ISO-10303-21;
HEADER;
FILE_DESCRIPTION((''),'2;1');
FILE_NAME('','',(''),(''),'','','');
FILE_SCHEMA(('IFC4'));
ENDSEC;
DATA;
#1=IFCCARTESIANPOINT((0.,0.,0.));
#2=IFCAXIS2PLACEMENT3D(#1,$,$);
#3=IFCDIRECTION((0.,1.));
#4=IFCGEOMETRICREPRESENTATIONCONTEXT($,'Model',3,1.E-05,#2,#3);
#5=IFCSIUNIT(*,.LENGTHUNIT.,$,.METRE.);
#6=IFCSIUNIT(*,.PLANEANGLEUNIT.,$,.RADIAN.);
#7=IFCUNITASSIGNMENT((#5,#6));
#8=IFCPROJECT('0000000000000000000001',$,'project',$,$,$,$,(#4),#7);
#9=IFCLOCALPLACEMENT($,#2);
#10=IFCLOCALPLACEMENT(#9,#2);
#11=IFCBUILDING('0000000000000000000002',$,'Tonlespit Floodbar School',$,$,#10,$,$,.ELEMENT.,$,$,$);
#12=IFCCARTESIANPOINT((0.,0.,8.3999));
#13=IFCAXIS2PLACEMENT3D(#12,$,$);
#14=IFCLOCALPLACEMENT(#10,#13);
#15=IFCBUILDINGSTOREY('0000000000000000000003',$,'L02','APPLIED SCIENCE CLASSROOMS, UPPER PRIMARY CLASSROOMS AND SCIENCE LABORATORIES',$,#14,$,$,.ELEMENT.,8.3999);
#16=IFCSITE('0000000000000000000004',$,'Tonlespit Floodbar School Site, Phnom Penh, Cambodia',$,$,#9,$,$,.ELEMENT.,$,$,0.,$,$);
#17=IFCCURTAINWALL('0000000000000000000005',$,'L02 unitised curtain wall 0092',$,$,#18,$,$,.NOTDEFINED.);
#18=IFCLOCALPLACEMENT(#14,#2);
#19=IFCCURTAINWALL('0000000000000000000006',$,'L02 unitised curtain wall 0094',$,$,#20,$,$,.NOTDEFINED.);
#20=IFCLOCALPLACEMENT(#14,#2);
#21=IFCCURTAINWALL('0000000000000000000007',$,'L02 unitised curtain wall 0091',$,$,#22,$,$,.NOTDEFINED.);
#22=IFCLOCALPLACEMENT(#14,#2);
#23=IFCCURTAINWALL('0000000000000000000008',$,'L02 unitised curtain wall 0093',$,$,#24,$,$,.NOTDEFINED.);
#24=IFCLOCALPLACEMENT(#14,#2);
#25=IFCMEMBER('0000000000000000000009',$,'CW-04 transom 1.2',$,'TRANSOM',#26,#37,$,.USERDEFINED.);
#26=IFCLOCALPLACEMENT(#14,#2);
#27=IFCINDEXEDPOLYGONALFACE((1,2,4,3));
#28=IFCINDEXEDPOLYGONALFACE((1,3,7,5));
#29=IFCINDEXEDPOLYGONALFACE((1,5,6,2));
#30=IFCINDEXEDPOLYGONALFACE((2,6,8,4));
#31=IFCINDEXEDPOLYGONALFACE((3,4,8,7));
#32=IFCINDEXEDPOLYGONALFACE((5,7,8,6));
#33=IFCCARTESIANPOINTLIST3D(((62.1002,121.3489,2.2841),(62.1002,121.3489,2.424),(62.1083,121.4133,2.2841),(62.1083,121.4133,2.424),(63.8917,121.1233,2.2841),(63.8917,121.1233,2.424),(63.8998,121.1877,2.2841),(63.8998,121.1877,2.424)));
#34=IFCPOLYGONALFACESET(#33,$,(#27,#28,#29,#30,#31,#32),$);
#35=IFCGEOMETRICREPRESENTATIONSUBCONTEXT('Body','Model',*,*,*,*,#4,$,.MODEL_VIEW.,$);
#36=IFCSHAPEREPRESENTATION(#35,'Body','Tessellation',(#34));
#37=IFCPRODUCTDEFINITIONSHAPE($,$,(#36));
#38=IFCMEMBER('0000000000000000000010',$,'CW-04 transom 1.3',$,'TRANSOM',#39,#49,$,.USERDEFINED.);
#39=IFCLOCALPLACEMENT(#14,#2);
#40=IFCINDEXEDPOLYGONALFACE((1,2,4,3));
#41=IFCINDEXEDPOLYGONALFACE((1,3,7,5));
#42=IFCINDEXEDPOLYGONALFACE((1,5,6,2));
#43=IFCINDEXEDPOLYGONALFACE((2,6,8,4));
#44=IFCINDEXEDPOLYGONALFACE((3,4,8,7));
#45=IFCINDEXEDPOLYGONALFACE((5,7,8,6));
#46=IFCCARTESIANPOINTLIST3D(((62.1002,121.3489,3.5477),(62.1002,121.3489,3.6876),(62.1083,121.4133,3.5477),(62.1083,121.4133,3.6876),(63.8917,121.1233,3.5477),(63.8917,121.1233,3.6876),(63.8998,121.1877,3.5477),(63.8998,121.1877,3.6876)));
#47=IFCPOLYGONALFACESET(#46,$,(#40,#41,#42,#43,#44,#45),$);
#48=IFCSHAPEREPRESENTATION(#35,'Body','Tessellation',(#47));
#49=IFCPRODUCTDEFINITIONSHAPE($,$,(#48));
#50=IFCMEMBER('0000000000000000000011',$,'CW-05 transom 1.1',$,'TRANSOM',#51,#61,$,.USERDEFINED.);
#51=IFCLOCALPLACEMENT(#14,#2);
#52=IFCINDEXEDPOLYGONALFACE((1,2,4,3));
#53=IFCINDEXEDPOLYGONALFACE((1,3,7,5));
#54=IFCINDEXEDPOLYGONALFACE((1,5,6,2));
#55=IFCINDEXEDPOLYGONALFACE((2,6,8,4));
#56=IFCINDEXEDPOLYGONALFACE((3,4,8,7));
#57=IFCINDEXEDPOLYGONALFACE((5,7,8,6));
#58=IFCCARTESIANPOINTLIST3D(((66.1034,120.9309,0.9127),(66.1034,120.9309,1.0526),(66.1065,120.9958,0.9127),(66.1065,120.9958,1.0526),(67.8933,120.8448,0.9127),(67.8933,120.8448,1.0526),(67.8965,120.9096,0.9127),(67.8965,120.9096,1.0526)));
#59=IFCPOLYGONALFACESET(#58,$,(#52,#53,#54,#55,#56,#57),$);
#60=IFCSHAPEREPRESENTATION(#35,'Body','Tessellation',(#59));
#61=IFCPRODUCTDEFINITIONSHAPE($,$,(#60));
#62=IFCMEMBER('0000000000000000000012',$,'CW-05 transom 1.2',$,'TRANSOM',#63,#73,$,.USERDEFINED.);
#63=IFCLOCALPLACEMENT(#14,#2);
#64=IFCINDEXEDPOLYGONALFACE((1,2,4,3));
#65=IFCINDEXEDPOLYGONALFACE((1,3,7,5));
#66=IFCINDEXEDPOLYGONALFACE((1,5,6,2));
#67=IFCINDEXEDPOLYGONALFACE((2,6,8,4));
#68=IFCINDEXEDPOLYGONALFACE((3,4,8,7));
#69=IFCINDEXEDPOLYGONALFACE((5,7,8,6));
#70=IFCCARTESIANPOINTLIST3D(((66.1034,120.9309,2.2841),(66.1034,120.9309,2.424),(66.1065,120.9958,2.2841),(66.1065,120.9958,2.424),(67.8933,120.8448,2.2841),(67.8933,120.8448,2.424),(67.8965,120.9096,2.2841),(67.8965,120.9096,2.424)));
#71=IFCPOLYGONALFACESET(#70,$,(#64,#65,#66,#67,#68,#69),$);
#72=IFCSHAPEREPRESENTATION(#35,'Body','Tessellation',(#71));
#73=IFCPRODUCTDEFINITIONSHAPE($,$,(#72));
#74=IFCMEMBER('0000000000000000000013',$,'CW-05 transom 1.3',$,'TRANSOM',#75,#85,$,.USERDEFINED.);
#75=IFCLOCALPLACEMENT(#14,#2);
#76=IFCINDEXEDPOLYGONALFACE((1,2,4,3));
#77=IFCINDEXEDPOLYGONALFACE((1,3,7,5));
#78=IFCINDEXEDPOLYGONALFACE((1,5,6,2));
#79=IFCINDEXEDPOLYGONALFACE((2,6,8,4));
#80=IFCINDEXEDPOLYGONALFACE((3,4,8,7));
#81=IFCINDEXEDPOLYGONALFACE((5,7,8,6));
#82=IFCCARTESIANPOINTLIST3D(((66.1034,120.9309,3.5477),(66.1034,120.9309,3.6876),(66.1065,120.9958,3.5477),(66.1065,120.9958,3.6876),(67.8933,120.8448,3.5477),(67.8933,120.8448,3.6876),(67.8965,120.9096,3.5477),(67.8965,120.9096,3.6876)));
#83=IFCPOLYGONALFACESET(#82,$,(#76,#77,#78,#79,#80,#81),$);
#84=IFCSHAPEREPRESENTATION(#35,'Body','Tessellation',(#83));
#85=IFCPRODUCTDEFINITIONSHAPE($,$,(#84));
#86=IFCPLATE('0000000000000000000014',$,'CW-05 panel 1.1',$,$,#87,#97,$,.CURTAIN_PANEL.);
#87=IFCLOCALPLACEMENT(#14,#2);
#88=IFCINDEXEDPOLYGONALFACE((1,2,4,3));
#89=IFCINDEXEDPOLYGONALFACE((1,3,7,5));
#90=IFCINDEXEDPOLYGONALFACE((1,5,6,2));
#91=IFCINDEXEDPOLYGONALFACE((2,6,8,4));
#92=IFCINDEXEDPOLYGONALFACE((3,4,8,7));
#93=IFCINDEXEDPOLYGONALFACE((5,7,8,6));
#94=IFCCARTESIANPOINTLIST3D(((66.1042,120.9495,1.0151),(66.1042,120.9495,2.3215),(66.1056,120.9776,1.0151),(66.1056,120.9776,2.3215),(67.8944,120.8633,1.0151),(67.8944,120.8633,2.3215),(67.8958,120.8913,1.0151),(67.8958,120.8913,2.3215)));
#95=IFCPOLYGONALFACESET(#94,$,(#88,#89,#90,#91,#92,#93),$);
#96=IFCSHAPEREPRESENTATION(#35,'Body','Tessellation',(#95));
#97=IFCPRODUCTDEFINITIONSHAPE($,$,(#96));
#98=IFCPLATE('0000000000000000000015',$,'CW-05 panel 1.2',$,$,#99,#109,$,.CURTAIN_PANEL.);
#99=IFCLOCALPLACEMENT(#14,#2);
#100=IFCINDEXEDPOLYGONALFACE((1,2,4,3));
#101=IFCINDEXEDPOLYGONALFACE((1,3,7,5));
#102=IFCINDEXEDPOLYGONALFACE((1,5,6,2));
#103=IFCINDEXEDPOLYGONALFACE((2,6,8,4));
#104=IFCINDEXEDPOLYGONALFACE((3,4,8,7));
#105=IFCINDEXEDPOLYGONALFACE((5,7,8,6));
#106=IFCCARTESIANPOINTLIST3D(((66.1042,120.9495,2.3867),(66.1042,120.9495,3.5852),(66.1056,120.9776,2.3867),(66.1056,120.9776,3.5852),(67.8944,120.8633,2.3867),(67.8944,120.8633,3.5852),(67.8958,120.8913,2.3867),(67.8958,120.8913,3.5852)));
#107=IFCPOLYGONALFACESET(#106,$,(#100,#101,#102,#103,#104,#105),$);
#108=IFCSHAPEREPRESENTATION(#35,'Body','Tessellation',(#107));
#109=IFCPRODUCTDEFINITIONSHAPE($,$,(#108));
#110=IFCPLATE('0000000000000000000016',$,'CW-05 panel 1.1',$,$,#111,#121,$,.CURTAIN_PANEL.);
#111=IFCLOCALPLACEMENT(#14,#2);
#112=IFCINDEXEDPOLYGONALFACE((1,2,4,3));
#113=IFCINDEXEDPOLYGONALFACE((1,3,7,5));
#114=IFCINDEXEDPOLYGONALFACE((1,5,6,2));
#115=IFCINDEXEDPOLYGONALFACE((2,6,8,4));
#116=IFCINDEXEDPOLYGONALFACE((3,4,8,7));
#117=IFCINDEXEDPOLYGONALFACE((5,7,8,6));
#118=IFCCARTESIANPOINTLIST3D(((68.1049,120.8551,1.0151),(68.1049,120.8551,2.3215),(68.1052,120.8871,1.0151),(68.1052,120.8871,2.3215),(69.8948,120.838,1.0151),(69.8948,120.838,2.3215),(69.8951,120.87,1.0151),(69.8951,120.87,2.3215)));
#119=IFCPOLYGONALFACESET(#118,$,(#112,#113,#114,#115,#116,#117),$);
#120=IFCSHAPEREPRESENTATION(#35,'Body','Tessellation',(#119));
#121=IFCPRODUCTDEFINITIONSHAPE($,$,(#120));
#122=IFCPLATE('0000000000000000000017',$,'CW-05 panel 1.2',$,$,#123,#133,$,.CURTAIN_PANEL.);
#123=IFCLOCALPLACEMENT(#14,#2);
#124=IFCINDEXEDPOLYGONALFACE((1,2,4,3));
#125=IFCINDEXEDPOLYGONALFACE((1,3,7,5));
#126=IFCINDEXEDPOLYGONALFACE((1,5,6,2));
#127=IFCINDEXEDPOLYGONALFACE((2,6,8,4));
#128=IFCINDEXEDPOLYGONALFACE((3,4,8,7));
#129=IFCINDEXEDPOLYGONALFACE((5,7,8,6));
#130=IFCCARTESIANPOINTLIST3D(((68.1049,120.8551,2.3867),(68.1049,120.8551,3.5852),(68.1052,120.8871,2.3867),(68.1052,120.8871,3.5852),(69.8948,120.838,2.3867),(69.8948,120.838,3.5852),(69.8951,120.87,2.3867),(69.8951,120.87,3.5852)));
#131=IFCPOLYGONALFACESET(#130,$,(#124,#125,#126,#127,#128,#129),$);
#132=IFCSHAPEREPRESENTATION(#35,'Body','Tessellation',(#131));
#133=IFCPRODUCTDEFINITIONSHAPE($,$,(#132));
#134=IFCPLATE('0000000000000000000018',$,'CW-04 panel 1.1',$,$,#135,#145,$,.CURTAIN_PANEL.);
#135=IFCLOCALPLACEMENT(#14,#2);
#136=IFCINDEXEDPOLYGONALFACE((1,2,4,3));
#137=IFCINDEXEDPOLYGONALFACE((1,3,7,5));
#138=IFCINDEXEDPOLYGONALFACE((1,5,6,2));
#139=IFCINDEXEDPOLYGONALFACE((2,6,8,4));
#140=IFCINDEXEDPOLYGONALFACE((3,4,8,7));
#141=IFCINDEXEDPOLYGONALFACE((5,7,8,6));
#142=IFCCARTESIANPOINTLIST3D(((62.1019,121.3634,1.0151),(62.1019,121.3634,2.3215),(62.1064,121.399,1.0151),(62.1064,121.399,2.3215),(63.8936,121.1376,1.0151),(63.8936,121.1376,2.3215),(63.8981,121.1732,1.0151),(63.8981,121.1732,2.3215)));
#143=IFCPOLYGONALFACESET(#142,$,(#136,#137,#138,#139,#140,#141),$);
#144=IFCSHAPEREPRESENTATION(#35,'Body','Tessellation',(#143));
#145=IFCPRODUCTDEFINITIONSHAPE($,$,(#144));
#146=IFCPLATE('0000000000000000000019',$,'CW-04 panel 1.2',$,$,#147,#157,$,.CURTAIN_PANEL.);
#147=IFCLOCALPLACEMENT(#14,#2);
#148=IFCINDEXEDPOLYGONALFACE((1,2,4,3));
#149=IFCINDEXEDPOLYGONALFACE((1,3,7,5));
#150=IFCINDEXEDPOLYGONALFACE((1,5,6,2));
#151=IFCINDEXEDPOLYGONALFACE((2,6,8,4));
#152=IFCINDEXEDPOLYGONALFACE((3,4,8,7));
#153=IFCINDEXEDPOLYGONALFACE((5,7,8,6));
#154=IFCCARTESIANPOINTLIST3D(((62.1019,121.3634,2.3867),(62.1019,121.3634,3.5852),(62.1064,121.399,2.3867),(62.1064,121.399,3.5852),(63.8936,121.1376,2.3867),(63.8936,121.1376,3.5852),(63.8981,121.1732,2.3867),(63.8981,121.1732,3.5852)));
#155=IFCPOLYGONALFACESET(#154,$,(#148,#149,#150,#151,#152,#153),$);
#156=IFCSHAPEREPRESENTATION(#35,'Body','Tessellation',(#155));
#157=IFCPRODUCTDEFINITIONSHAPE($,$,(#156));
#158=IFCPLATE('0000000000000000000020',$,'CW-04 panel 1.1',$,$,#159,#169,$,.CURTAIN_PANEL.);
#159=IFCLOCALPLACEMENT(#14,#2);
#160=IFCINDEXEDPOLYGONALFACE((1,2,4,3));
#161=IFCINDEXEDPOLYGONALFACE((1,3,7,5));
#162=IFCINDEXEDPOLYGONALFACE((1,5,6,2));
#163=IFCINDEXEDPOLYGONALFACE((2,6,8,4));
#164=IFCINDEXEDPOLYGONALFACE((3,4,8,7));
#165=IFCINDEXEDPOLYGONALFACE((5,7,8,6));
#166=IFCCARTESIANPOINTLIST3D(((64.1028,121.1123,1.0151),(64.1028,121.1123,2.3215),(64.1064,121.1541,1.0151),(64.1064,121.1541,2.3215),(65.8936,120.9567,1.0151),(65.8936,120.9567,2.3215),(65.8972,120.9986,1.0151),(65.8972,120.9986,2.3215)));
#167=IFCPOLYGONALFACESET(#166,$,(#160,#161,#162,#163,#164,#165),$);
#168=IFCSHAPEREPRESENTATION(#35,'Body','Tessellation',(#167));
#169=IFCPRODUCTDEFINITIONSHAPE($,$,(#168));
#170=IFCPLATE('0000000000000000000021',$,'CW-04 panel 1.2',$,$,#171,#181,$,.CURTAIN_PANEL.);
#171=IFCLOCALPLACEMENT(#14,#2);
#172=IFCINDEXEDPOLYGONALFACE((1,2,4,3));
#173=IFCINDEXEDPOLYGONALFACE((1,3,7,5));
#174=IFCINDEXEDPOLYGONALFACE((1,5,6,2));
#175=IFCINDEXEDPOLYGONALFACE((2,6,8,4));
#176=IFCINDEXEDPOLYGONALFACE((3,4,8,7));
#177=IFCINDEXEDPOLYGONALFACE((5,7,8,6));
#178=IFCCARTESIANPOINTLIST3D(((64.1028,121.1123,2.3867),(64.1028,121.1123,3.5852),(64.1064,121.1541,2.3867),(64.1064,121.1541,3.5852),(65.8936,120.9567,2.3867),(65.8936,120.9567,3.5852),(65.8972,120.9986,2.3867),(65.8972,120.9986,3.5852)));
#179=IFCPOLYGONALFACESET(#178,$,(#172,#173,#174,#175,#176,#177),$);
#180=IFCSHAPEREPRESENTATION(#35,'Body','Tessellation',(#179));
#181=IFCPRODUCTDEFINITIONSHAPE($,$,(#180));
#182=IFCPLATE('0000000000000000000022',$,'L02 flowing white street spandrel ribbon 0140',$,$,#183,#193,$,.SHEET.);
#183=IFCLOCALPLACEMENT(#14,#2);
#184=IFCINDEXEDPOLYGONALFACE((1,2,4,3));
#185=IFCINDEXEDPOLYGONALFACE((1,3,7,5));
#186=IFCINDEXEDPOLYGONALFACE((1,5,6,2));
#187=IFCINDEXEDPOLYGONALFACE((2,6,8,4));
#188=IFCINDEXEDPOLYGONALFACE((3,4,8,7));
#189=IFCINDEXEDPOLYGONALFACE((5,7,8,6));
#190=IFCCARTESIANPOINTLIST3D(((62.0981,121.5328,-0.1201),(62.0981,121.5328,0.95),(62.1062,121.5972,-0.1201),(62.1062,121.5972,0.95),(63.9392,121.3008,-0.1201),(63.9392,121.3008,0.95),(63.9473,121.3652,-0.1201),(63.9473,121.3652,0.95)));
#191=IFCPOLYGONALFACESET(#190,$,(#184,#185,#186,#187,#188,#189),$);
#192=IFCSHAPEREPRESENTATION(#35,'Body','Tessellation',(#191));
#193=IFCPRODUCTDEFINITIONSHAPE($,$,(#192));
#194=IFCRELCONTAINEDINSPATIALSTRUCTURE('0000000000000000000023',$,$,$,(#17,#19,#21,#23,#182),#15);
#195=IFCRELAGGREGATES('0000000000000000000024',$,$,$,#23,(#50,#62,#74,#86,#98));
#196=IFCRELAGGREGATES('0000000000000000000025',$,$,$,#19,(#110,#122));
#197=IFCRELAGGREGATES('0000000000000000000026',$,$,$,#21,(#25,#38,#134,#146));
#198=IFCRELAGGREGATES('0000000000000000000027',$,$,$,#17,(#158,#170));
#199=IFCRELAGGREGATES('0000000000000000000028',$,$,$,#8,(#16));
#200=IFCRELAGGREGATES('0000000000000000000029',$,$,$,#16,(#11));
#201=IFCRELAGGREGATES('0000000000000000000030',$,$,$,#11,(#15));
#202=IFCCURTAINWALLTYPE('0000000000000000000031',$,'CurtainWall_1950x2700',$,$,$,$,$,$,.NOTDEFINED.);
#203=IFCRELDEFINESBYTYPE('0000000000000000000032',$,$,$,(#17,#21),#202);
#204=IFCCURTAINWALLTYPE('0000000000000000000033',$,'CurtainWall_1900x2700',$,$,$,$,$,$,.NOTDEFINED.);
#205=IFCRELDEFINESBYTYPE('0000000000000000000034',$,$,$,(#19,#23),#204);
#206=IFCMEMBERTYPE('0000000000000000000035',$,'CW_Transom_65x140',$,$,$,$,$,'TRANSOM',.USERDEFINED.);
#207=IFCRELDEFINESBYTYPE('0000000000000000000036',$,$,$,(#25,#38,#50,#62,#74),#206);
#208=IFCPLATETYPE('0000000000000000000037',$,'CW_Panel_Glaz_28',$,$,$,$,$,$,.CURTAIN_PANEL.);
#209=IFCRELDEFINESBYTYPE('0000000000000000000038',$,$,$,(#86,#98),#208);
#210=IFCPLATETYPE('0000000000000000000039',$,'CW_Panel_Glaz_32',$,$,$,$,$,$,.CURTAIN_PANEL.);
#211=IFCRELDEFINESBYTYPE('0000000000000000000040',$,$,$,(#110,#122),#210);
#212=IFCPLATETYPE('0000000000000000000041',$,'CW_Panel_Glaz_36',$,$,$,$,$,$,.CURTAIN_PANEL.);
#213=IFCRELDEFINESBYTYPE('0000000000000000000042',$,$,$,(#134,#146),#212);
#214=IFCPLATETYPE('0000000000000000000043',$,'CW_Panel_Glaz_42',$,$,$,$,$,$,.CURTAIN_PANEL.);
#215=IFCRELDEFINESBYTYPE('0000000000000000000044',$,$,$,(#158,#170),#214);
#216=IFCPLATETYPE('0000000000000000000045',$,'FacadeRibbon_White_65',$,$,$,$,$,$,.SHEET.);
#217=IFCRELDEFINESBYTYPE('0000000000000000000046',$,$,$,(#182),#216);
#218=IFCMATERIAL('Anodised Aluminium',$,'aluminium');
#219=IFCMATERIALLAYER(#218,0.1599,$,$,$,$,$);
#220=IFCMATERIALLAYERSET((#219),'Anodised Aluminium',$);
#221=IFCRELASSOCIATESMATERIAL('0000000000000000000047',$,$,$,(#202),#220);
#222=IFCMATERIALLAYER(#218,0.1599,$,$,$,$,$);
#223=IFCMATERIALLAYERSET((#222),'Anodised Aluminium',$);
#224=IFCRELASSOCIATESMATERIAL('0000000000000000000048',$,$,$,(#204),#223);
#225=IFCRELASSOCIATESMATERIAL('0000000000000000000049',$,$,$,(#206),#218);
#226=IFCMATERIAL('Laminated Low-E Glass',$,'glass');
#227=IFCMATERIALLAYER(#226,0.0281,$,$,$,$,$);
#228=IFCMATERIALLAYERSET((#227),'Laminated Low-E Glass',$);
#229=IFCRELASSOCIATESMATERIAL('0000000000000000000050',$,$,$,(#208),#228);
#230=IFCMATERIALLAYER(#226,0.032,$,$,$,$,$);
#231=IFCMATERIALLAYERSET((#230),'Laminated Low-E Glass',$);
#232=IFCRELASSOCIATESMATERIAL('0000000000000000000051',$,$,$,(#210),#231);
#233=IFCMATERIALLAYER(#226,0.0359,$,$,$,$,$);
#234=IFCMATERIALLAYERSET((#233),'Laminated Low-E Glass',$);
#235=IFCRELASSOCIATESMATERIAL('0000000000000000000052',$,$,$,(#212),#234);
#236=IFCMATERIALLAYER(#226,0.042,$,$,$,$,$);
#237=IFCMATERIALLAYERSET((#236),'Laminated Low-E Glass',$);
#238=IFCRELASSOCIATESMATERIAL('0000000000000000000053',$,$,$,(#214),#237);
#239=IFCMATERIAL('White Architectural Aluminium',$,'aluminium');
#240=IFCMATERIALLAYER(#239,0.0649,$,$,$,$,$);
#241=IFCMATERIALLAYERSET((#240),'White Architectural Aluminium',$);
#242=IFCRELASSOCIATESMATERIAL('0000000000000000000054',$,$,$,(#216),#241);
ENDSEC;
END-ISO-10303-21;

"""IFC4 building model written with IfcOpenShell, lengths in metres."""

from ifc_helpers import new_model, si_unit, direction, frame, origin, origin_2d, place, context, subcontext, project, spatial, rectangle, extrude, material, layer, layer_set, material_profile, profile_set, type_object, element, aggregate, save


model = new_model("IFC4")

# Units and contexts
model_context = context("Model", 3, precision=1e-05, world=origin(), true_north=direction((0.0, 1.0)))
body_context = subcontext(model_context, "Body", "Model", "MODEL_VIEW")
ifc_project = project(units=[si_unit("LENGTHUNIT", "METRE"), si_unit("PLANEANGLEUNIT", "RADIAN")], contexts=[model_context])

# Site, building, storey
site_placement = place(None, origin())
site = spatial("IfcSite", under=ifc_project, at=site_placement, Name="Tonlespit Floodbar School Site, Phnom Penh, Cambodia", CompositionType="ELEMENT", RefElevation=0.0)
building_placement = place(site_placement, origin())
building = spatial("IfcBuilding", under=site, at=building_placement, Name="Tonlespit Floodbar School", CompositionType="ELEMENT")
storey_placement = place(building_placement, frame((0.0, 0.0, 8.3999)))
storey = spatial("IfcBuildingStorey", under=building, at=storey_placement, Name="L02", Description="APPLIED SCIENCE CLASSROOMS, UPPER PRIMARY CLASSROOMS AND SCIENCE LABORATORIES", CompositionType="ELEMENT", Elevation=8.3999)

# Curtain wall
ifc_material_1 = material(Name="Anodised Aluminium", Category="aluminium")
ifc_layer_1 = layer(ifc_material_1, 0.1599)
ifc_layer_set_1 = layer_set([ifc_layer_1], Name="Anodised Aluminium")
curtain_wall_type_1 = type_object("IfcCurtainWallType", Name="CurtainWall_1950x2700", PredefinedType="NOTDEFINED", material=ifc_layer_set_1)
curtain_wall_1_placement = place(storey_placement, origin())
curtain_wall_1 = element("IfcCurtainWall", 1, at=curtain_wall_1_placement, inside=storey, type_object=curtain_wall_type_1, Name="L02 unitised curtain wall 0092", PredefinedType="NOTDEFINED")

# Curtain wall
ifc_layer_2 = layer(ifc_material_1, 0.1599)
ifc_layer_set_2 = layer_set([ifc_layer_2], Name="Anodised Aluminium")
curtain_wall_type_2 = type_object("IfcCurtainWallType", Name="CurtainWall_1900x2700", PredefinedType="NOTDEFINED", material=ifc_layer_set_2)
curtain_wall_2_placement = place(storey_placement, origin())
curtain_wall_2 = element("IfcCurtainWall", 2, at=curtain_wall_2_placement, inside=storey, type_object=curtain_wall_type_2, Name="L02 unitised curtain wall 0094", PredefinedType="NOTDEFINED")

# Curtain walls
curtain_wall_3_placement = place(storey_placement, origin())
curtain_wall_3 = element("IfcCurtainWall", 3, at=curtain_wall_3_placement, inside=storey, type_object=curtain_wall_type_1, Name="L02 unitised curtain wall 0091", PredefinedType="NOTDEFINED")
curtain_wall_4_placement = place(storey_placement, origin())
curtain_wall_4 = element("IfcCurtainWall", 4, at=curtain_wall_4_placement, inside=storey, type_object=curtain_wall_type_2, Name="L02 unitised curtain wall 0093", PredefinedType="NOTDEFINED")

# Members
ifc_material_profile_1 = material_profile(ifc_material_1, rectangle(XDim=0.0649, YDim=0.1399, at=origin_2d()), Name="ALU T65x140")
ifc_profile_set_1 = profile_set([ifc_material_profile_1], Name="Anodised Aluminium")
member_type_1 = type_object("IfcMemberType", Name="CW_Transom_65x140", ElementType="TRANSOM", PredefinedType="USERDEFINED", material=ifc_profile_set_1)
member_1_placement = place(storey_placement, frame((62.1042, 121.3811, 2.354), z_axis=(0.992165, -0.124933, 0.0), x_axis=(0.124933, 0.992165, 0.0)))
member_1 = element("IfcMember", 5, at=member_1_placement, type_object=member_type_1, Name="CW-04 transom 1.2", ObjectType="TRANSOM", PredefinedType="USERDEFINED", context=body_context, shape_type="SweptSolid", body=[
    extrude(rectangle(XDim=0.0649, YDim=0.1399, at=origin_2d()), origin(), (0.0, 0.0, 1.0), 1.8057),
])
member_2_placement = place(storey_placement, frame((62.1042, 121.3811, 3.6177), z_axis=(0.992165, -0.124933, 0.0), x_axis=(0.124933, 0.992165, 0.0)))
member_2 = element("IfcMember", 6, at=member_2_placement, type_object=member_type_1, Name="CW-04 transom 1.3", ObjectType="TRANSOM", PredefinedType="USERDEFINED", context=body_context, shape_type="SweptSolid", body=[
    extrude(rectangle(XDim=0.0649, YDim=0.1399, at=origin_2d()), origin(), (0.0, 0.0, 1.0), 1.8057),
])
member_3_placement = place(storey_placement, frame((66.105, 120.9634, 0.9827), z_axis=(0.998843, -0.048089, 0.0), x_axis=(0.048089, 0.998843, 0.0)))
member_3 = element("IfcMember", 7, at=member_3_placement, type_object=member_type_1, Name="CW-05 transom 1.1", ObjectType="TRANSOM", PredefinedType="USERDEFINED", context=body_context, shape_type="SweptSolid", body=[
    extrude(rectangle(XDim=0.0649, YDim=0.1399, at=origin_2d()), origin(), (0.0, 0.0, 1.0), 1.792),
])
member_4_placement = place(storey_placement, frame((66.105, 120.9634, 2.354), z_axis=(0.998843, -0.048089, 0.0), x_axis=(0.048089, 0.998843, 0.0)))
member_4 = element("IfcMember", 8, at=member_4_placement, type_object=member_type_1, Name="CW-05 transom 1.2", ObjectType="TRANSOM", PredefinedType="USERDEFINED", context=body_context, shape_type="SweptSolid", body=[
    extrude(rectangle(XDim=0.0649, YDim=0.1399, at=origin_2d()), origin(), (0.0, 0.0, 1.0), 1.792),
])
member_5_placement = place(storey_placement, frame((66.105, 120.9634, 3.6177), z_axis=(0.998843, -0.048089, 0.0), x_axis=(0.048089, 0.998843, 0.0)))
member_5 = element("IfcMember", 9, at=member_5_placement, type_object=member_type_1, Name="CW-05 transom 1.3", ObjectType="TRANSOM", PredefinedType="USERDEFINED", context=body_context, shape_type="SweptSolid", body=[
    extrude(rectangle(XDim=0.0649, YDim=0.1399, at=origin_2d()), origin(), (0.0, 0.0, 1.0), 1.792),
])

# Plates
ifc_material_2 = material(Name="Laminated Low-E Glass", Category="glass")
ifc_layer_3 = layer(ifc_material_2, 0.0281)
ifc_layer_set_3 = layer_set([ifc_layer_3], Name="Laminated Low-E Glass")
plate_type_1 = type_object("IfcPlateType", Name="CW_Panel_Glaz_28", PredefinedType="CURTAIN_PANEL", material=ifc_layer_set_3)
plate_1_placement = place(storey_placement, frame((67.0, 120.9204, 1.0151), z_axis=(0.0, 0.0, 1.0), x_axis=(0.998842, -0.048121, 0.0)))
plate_1 = element("IfcPlate", 10, at=plate_1_placement, type_object=plate_type_1, Name="CW-05 panel 1.1", PredefinedType="CURTAIN_PANEL", context=body_context, shape_type="SweptSolid", body=[
    extrude(rectangle(XDim=1.7922, YDim=0.0281, at=origin_2d()), origin(), (0.0, 0.0, 1.0), 1.3064),
])
plate_2_placement = place(storey_placement, frame((67.0, 120.9204, 2.3867), z_axis=(0.0, 0.0, 1.0), x_axis=(0.998842, -0.048121, 0.0)))
plate_2 = element("IfcPlate", 11, at=plate_2_placement, type_object=plate_type_1, Name="CW-05 panel 1.2", PredefinedType="CURTAIN_PANEL", context=body_context, shape_type="SweptSolid", body=[
    extrude(rectangle(XDim=1.7922, YDim=0.0281, at=origin_2d()), origin(), (0.0, 0.0, 1.0), 1.1985),
])
aggregate(curtain_wall_4, [member_3, member_4, member_5, plate_1, plate_2])
ifc_layer_4 = layer(ifc_material_2, 0.032)
ifc_layer_set_4 = layer_set([ifc_layer_4], Name="Laminated Low-E Glass")
plate_type_2 = type_object("IfcPlateType", Name="CW_Panel_Glaz_32", PredefinedType="CURTAIN_PANEL", material=ifc_layer_set_4)
plate_3_placement = place(storey_placement, frame((69.0, 120.8625, 1.0151), z_axis=(0.0, 0.0, 1.0), x_axis=(0.999954, -0.009583, 0.0)))
plate_3 = element("IfcPlate", 12, at=plate_3_placement, type_object=plate_type_2, Name="CW-05 panel 1.1", PredefinedType="CURTAIN_PANEL", context=body_context, shape_type="SweptSolid", body=[
    extrude(rectangle(XDim=1.79, YDim=0.032, at=origin_2d()), origin(), (0.0, 0.0, 1.0), 1.3064),
])
plate_4_placement = place(storey_placement, frame((69.0, 120.8625, 2.3867), z_axis=(0.0, 0.0, 1.0), x_axis=(0.999954, -0.009583, 0.0)))
plate_4 = element("IfcPlate", 13, at=plate_4_placement, type_object=plate_type_2, Name="CW-05 panel 1.2", PredefinedType="CURTAIN_PANEL", context=body_context, shape_type="SweptSolid", body=[
    extrude(rectangle(XDim=1.79, YDim=0.032, at=origin_2d()), origin(), (0.0, 0.0, 1.0), 1.1985),
])
aggregate(curtain_wall_2, [plate_3, plate_4])
ifc_layer_5 = layer(ifc_material_2, 0.0359)
ifc_layer_set_5 = layer_set([ifc_layer_5], Name="Laminated Low-E Glass")
plate_type_3 = type_object("IfcPlateType", Name="CW_Panel_Glaz_36", PredefinedType="CURTAIN_PANEL", material=ifc_layer_set_5)
plate_5_placement = place(storey_placement, frame((63.0, 121.2683, 1.0151), z_axis=(0.0, 0.0, 1.0), x_axis=(0.992155, -0.125014, 0.0)))
plate_5 = element("IfcPlate", 14, at=plate_5_placement, type_object=plate_type_3, Name="CW-04 panel 1.1", PredefinedType="CURTAIN_PANEL", context=body_context, shape_type="SweptSolid", body=[
    extrude(rectangle(XDim=1.8059, YDim=0.0359, at=origin_2d()), origin(), (0.0, 0.0, 1.0), 1.3064),
])
plate_6_placement = place(storey_placement, frame((63.0, 121.2683, 2.3867), z_axis=(0.0, 0.0, 1.0), x_axis=(0.992155, -0.125014, 0.0)))
plate_6 = element("IfcPlate", 15, at=plate_6_placement, type_object=plate_type_3, Name="CW-04 panel 1.2", PredefinedType="CURTAIN_PANEL", context=body_context, shape_type="SweptSolid", body=[
    extrude(rectangle(XDim=1.8059, YDim=0.0359, at=origin_2d()), origin(), (0.0, 0.0, 1.0), 1.1985),
])
aggregate(curtain_wall_3, [member_1, member_2, plate_5, plate_6])
ifc_layer_6 = layer(ifc_material_2, 0.042)
ifc_layer_set_6 = layer_set([ifc_layer_6], Name="Laminated Low-E Glass")
plate_type_4 = type_object("IfcPlateType", Name="CW_Panel_Glaz_42", PredefinedType="CURTAIN_PANEL", material=ifc_layer_set_6)
plate_7_placement = place(storey_placement, frame((65.0, 121.0554, 1.0151), z_axis=(0.0, 0.0, 1.0), x_axis=(0.996249, -0.086531, 0.0)))
plate_7 = element("IfcPlate", 16, at=plate_7_placement, type_object=plate_type_4, Name="CW-04 panel 1.1", PredefinedType="CURTAIN_PANEL", context=body_context, shape_type="SweptSolid", body=[
    extrude(rectangle(XDim=1.7976, YDim=0.042, at=origin_2d()), origin(), (0.0, 0.0, 1.0), 1.3064),
])
plate_8_placement = place(storey_placement, frame((65.0, 121.0554, 2.3867), z_axis=(0.0, 0.0, 1.0), x_axis=(0.996249, -0.086531, 0.0)))
plate_8 = element("IfcPlate", 17, at=plate_8_placement, type_object=plate_type_4, Name="CW-04 panel 1.2", PredefinedType="CURTAIN_PANEL", context=body_context, shape_type="SweptSolid", body=[
    extrude(rectangle(XDim=1.7976, YDim=0.042, at=origin_2d()), origin(), (0.0, 0.0, 1.0), 1.1985),
])
aggregate(curtain_wall_1, [plate_7, plate_8])

# Plate
ifc_material_3 = material(Name="White Architectural Aluminium", Category="aluminium")
ifc_layer_7 = layer(ifc_material_3, 0.0649)
ifc_layer_set_7 = layer_set([ifc_layer_7], Name="White Architectural Aluminium")
plate_type_5 = type_object("IfcPlateType", Name="FacadeRibbon_White_65", PredefinedType="SHEET", material=ifc_layer_set_7)
plate_9_placement = place(storey_placement, frame((63.0227, 121.449, -0.1201), z_axis=(0.0, 0.0, 1.0), x_axis=(0.992155, -0.125011, 0.0)))
element("IfcPlate", 18, at=plate_9_placement, inside=storey, type_object=plate_type_5, Name="L02 flowing white street spandrel ribbon 0140", PredefinedType="SHEET", context=body_context, shape_type="SweptSolid", body=[
    extrude(rectangle(XDim=1.8557, YDim=0.0649, at=origin_2d()), origin(), (0.0, 0.0, 1.0), 1.0701),
])

save(model, "model.ifc")
